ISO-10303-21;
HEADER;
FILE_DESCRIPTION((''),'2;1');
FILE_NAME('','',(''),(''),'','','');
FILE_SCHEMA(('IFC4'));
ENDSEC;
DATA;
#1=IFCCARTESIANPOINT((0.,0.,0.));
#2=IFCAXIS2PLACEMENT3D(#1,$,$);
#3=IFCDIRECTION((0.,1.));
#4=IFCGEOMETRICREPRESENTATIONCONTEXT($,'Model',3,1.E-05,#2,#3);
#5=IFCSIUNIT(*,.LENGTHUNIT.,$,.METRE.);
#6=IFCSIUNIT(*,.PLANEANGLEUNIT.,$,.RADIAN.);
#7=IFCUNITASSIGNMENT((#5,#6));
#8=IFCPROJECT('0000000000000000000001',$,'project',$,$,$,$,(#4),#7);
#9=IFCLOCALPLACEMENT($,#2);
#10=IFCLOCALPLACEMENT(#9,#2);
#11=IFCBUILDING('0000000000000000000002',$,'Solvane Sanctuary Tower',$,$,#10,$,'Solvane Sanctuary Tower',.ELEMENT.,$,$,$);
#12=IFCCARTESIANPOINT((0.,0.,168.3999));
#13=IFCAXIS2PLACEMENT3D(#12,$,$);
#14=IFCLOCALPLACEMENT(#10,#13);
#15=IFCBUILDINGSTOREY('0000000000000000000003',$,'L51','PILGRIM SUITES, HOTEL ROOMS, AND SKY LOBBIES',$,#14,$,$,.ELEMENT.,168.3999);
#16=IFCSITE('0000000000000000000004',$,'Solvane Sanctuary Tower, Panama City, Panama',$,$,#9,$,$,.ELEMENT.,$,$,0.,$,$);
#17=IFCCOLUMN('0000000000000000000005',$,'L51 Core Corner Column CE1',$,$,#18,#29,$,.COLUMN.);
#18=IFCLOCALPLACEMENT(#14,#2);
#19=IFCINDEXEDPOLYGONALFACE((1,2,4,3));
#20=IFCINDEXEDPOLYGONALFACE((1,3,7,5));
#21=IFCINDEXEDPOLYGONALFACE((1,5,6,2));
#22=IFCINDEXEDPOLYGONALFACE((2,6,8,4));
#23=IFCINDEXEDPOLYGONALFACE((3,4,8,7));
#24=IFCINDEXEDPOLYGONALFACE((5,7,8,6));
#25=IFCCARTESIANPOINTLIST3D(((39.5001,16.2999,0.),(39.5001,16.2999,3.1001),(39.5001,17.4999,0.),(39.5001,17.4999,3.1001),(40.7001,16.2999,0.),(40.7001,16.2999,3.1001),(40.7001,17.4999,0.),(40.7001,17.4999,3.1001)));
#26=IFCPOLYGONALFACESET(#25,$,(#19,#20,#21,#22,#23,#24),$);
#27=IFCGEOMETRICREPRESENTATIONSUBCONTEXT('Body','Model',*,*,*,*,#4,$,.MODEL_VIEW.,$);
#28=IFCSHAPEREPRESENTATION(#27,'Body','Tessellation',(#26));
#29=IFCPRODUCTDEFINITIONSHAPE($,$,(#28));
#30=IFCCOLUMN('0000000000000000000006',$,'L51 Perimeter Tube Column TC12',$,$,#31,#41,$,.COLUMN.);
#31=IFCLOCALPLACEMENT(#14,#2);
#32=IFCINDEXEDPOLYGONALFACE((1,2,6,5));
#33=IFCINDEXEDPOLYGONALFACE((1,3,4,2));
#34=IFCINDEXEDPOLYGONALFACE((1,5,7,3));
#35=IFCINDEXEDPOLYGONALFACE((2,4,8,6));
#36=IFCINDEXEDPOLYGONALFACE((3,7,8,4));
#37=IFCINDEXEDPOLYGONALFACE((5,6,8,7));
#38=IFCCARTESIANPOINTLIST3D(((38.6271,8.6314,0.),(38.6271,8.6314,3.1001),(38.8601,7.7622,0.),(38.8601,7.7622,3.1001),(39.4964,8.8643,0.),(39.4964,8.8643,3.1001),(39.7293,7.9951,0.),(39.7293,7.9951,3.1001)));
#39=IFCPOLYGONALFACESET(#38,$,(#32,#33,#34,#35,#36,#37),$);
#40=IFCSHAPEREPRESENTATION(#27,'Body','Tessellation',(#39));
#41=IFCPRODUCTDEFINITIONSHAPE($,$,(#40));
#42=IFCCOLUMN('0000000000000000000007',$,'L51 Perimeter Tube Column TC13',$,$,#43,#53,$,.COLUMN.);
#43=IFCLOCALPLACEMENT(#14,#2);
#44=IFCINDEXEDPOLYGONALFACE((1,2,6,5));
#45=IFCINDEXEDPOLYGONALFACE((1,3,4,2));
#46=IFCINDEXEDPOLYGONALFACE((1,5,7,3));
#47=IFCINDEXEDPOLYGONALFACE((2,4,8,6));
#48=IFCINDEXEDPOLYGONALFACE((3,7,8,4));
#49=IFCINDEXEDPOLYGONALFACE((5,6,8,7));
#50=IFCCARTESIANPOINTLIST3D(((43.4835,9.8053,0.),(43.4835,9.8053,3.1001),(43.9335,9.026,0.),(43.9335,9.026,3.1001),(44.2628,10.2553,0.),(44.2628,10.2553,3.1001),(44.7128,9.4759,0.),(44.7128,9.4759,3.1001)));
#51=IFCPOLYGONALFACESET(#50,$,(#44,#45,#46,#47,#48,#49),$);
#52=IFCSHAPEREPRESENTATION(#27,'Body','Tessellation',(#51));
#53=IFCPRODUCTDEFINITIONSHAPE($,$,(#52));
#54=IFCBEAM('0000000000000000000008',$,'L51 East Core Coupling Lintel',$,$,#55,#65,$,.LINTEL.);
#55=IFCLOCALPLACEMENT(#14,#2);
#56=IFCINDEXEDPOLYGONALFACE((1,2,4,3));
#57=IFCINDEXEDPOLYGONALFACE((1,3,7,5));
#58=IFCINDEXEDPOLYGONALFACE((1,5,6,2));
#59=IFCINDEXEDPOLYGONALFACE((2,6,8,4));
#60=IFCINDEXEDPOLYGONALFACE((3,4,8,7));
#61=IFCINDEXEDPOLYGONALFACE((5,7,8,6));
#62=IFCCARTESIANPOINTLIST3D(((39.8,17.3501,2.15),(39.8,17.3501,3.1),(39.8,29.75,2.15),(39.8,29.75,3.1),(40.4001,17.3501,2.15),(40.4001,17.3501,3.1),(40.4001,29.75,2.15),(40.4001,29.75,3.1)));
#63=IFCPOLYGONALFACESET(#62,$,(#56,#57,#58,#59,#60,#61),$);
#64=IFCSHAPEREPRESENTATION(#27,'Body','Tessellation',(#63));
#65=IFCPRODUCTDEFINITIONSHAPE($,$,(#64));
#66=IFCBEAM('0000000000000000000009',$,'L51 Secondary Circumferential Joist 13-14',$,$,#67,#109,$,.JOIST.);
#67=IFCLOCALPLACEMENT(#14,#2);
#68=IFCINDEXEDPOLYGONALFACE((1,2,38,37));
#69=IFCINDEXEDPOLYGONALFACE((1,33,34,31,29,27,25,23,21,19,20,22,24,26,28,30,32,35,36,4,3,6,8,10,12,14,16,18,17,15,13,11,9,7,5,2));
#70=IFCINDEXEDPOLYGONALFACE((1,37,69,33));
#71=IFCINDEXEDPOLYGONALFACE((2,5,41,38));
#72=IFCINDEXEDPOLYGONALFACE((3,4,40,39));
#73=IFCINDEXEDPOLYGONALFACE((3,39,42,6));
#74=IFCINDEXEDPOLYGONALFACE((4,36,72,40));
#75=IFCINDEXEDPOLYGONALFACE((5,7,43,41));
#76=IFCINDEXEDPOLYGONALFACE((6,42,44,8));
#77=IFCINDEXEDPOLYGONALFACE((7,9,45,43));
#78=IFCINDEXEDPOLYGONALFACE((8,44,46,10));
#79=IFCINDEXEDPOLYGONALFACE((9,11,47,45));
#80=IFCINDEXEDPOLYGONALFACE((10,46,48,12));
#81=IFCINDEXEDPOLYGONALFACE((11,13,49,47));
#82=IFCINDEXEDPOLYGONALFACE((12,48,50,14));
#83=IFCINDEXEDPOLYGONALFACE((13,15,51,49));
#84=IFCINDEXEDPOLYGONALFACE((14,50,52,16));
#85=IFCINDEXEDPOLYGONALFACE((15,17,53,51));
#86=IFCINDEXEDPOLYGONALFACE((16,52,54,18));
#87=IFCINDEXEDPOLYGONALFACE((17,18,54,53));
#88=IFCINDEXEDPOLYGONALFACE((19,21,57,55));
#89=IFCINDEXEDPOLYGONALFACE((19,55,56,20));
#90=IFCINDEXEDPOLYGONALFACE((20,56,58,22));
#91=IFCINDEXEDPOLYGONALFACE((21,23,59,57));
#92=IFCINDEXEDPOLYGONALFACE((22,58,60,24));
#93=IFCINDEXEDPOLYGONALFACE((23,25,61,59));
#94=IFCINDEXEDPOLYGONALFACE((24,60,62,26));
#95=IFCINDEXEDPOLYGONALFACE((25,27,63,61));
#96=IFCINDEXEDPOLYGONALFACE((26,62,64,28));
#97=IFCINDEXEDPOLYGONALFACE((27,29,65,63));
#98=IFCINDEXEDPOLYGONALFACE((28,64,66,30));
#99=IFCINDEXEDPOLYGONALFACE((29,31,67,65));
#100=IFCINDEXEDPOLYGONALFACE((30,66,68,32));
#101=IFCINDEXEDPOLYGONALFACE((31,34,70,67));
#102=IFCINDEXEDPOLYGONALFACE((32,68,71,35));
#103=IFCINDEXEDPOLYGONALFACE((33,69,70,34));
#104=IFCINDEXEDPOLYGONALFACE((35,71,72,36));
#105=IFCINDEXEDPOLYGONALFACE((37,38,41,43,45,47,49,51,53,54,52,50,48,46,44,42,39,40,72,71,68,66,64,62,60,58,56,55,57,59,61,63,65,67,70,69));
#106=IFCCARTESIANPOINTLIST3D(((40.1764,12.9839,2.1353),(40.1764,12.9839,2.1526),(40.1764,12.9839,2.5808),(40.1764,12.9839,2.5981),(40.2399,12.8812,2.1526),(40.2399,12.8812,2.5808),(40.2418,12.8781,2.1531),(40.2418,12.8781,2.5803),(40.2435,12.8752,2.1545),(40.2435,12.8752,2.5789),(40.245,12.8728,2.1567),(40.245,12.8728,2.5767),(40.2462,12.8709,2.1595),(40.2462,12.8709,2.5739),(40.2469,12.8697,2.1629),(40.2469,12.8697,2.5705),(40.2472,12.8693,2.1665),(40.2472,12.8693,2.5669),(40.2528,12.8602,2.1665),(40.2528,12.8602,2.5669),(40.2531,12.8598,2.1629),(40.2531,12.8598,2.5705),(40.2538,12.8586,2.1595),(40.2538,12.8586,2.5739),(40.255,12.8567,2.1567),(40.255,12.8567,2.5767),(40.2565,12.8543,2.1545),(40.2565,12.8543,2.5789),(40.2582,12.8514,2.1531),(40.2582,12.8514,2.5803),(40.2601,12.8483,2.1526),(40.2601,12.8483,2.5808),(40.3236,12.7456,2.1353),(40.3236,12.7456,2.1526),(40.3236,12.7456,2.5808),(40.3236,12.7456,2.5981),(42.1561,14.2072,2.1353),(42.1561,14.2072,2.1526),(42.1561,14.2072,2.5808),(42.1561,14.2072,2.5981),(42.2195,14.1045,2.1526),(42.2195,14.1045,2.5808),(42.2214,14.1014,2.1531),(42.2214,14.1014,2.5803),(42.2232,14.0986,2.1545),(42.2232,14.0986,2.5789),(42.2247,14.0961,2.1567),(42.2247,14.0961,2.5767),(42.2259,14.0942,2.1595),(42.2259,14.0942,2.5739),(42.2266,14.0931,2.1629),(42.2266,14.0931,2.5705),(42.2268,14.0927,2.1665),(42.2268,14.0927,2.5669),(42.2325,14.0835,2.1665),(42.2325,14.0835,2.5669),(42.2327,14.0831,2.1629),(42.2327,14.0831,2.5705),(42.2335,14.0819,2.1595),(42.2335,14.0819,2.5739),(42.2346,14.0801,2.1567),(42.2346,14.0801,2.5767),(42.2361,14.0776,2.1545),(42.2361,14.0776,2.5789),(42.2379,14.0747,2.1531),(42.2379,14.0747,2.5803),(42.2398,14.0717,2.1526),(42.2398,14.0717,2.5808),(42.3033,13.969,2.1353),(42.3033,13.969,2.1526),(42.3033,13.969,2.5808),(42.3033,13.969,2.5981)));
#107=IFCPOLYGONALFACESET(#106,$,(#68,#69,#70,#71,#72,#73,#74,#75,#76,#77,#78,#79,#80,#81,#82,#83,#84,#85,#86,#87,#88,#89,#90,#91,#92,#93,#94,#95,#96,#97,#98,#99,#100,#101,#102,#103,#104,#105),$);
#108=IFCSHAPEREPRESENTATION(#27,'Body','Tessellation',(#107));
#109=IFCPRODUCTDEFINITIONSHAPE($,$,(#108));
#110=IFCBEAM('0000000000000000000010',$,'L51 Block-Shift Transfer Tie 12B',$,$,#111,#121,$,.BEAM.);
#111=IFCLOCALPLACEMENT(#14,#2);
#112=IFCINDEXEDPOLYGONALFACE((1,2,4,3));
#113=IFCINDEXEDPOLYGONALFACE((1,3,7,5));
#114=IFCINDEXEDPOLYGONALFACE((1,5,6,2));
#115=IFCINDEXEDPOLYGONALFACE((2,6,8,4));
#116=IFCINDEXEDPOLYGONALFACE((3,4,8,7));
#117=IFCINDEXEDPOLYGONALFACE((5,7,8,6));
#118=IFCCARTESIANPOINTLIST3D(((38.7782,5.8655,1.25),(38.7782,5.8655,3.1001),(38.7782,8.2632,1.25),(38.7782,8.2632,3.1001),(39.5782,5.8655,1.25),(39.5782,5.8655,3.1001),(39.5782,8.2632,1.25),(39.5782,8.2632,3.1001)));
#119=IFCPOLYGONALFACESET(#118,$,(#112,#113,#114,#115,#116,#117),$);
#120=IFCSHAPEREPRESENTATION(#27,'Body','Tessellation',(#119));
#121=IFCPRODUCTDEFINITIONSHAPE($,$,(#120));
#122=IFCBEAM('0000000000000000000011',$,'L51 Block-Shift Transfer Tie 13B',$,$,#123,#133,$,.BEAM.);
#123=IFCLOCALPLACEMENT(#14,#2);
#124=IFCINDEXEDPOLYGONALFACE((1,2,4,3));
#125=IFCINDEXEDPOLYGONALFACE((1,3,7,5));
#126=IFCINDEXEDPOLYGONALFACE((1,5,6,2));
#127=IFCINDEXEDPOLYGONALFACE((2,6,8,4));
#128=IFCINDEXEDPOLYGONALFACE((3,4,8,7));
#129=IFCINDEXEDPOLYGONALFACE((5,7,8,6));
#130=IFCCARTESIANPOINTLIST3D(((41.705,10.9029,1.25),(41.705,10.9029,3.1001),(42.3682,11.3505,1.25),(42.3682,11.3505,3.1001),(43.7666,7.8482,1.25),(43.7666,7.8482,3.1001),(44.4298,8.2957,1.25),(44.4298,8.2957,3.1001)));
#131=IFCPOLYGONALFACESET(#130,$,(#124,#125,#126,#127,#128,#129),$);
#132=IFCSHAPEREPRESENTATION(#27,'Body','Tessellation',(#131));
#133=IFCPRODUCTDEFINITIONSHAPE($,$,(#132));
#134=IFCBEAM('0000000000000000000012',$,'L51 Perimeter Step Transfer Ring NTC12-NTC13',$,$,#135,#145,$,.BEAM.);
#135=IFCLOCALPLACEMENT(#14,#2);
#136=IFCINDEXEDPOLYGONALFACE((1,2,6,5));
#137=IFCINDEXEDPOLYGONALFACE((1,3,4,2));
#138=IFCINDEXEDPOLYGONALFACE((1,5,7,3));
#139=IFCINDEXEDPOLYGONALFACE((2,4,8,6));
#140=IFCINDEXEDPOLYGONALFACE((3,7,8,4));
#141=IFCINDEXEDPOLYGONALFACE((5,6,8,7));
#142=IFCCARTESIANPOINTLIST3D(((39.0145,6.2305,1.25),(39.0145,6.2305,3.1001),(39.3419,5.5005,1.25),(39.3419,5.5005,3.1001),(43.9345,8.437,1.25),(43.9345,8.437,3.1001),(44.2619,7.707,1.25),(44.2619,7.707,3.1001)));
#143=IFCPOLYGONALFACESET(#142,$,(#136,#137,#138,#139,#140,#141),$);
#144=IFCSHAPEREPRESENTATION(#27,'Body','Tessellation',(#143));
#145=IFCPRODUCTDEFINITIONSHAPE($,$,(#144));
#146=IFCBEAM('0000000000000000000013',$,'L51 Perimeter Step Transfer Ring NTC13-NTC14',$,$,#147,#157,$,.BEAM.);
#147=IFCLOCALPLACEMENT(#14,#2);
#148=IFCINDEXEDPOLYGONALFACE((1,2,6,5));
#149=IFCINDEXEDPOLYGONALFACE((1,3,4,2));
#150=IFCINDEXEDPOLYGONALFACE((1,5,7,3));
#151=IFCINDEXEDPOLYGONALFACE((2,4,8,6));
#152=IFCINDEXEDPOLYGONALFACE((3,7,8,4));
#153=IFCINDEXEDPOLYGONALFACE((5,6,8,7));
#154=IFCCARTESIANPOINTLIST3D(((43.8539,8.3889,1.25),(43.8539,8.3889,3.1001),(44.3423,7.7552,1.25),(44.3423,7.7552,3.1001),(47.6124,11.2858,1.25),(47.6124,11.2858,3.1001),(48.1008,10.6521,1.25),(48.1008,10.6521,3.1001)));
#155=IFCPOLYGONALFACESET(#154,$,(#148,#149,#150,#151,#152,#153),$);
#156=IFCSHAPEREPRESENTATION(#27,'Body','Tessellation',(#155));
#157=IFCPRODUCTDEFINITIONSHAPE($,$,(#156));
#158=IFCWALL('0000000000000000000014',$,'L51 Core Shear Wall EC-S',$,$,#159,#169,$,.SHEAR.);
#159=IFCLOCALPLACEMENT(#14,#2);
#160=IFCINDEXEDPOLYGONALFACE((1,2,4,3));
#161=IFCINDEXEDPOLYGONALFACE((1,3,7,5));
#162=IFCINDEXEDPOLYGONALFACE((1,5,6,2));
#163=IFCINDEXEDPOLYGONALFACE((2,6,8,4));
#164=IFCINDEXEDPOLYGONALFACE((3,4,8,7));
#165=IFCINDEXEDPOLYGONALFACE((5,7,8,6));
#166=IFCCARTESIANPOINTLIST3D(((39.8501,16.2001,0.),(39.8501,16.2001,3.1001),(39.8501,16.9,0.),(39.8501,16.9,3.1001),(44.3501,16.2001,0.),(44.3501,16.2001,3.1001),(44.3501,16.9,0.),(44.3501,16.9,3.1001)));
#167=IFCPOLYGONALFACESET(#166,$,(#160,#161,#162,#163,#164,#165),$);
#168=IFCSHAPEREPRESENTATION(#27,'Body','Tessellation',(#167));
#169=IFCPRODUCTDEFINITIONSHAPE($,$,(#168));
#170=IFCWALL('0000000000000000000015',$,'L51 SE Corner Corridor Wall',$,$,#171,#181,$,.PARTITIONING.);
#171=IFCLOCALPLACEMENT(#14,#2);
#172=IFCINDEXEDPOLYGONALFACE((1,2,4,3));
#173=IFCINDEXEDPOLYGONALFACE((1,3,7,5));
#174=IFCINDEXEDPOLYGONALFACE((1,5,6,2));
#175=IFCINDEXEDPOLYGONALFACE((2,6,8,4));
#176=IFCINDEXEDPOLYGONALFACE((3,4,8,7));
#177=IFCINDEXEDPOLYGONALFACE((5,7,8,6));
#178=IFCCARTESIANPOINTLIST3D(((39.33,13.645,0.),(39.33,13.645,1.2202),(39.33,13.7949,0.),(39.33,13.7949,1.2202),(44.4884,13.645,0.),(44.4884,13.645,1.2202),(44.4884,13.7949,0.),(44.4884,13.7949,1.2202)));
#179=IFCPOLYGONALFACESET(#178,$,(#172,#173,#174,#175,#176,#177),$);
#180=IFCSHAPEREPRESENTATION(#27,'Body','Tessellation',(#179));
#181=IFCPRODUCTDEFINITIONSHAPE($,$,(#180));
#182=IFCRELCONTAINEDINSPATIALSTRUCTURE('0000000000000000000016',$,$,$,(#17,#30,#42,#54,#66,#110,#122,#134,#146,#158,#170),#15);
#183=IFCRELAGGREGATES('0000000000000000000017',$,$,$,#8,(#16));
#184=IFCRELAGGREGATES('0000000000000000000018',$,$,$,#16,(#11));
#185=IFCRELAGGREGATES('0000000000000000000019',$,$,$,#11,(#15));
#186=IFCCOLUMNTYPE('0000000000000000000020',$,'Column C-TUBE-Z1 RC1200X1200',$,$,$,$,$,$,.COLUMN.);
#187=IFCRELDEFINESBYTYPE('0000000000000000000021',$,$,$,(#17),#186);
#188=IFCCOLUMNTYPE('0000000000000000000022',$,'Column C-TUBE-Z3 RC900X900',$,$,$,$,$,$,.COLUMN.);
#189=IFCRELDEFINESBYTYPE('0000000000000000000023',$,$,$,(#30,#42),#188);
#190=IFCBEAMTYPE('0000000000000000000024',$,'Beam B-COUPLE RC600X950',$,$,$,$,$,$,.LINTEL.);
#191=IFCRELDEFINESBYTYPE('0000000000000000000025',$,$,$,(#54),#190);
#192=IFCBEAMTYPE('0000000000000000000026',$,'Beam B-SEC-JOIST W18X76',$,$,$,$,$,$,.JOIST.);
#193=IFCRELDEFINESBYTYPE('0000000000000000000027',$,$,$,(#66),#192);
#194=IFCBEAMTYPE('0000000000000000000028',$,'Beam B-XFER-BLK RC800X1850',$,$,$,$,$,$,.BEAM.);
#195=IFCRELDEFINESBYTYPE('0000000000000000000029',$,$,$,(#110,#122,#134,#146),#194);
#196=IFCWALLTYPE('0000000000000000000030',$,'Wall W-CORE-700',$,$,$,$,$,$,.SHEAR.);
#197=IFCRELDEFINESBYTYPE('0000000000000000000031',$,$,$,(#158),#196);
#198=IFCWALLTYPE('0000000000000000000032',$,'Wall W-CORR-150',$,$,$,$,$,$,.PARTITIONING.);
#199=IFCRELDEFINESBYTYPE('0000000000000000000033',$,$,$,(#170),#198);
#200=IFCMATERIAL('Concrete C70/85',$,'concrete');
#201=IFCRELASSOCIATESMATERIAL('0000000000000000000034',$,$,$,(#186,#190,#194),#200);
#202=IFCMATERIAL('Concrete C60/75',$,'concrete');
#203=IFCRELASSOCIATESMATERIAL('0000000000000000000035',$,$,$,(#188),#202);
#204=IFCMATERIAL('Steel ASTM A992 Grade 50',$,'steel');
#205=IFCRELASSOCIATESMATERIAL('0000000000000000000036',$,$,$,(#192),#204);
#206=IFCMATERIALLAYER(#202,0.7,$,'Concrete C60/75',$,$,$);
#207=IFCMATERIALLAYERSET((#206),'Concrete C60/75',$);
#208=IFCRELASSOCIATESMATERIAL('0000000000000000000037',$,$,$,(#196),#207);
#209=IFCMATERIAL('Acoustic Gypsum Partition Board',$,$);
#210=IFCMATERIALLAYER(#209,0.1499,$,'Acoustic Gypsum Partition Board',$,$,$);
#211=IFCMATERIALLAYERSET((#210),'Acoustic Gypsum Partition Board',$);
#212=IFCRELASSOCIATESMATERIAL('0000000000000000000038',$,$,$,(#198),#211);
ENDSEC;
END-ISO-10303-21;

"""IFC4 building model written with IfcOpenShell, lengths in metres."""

from ifc_helpers import new_model, si_unit, direction, frame, frame_2d, origin, origin_2d, place, context, subcontext, project, spatial, rectangle, i_section, extrude, material, layer, layer_set, material_profile, profile_set, type_object, element, save


model = new_model("IFC4")

# Units and contexts
model_context = context("Model", 3, precision=1e-05, world=origin(), true_north=direction((0.0, 1.0)))
body_context = subcontext(model_context, "Body", "Model", "MODEL_VIEW")
ifc_project = project(units=[si_unit("LENGTHUNIT", "METRE"), si_unit("PLANEANGLEUNIT", "RADIAN")], contexts=[model_context])

# Site, building, storey
site_placement = place(None, origin())
site = spatial("IfcSite", under=ifc_project, at=site_placement, Name="Solvane Sanctuary Tower, Panama City, Panama", CompositionType="ELEMENT", RefElevation=0.0)
building_placement = place(site_placement, origin())
building = spatial("IfcBuilding", under=site, at=building_placement, Name="Solvane Sanctuary Tower", LongName="Solvane Sanctuary Tower", CompositionType="ELEMENT")
storey_placement = place(building_placement, frame((0.0, 0.0, 168.3999)))
storey = spatial("IfcBuildingStorey", under=building, at=storey_placement, Name="L51", Description="PILGRIM SUITES, HOTEL ROOMS, AND SKY LOBBIES", CompositionType="ELEMENT", Elevation=168.3999)

# Columns
ifc_material_1 = material(Name="Concrete C70/85", Category="concrete")
ifc_material_profile_1 = material_profile(ifc_material_1, rectangle(XDim=1.2, YDim=1.2, at=origin_2d()), Name="RC1200X1200")
ifc_profile_set_1 = profile_set([ifc_material_profile_1], Name="Concrete C70/85")
column_type_1 = type_object("IfcColumnType", Name="Column C-TUBE-Z1 RC1200X1200", PredefinedType="COLUMN", material=ifc_profile_set_1)
column_placement = place(storey_placement, frame((40.1001, 16.8999, 0.0), z_axis=(0.0, 0.0, 1.0), x_axis=(1.0, 0.0, 0.0)))
element("IfcColumn", 1, at=column_placement, inside=storey, type_object=column_type_1, Name="L51 Core Corner Column CE1", PredefinedType="COLUMN", context=body_context, shape_type="SweptSolid", body=[
    extrude(rectangle(XDim=1.2, YDim=1.2, at=origin_2d()), origin(), (0.0, 0.0, 1.0), 3.1001),
])
ifc_material_2 = material(Name="Concrete C60/75", Category="concrete")
ifc_material_profile_2 = material_profile(ifc_material_2, rectangle(XDim=0.8999, YDim=0.8999, at=origin_2d()), Name="RC900X900")
ifc_profile_set_2 = profile_set([ifc_material_profile_2], Name="Concrete C60/75")
column_type_2 = type_object("IfcColumnType", Name="Column C-TUBE-Z3 RC900X900", PredefinedType="COLUMN", material=ifc_profile_set_2)
for number, where, z_axis, x_axis, name in (
    (2, (39.1782, 8.3132, 0.0), (0.0, 0.0, 1.0), (0.258819, -0.965926, 0.0), "L51 Perimeter Tube Column TC12"),
    (3, (44.0981, 9.6406, 0.0), (0.0, 0.0, 1.0), (0.5, -0.866025, 0.0), "L51 Perimeter Tube Column TC13"),
):
    element("IfcColumn", number, at=place(storey_placement, frame(where, z_axis=z_axis, x_axis=x_axis)), inside=storey, type_object=column_type_2, Name=name, PredefinedType="COLUMN", context=body_context, shape_type="SweptSolid", body=[
        extrude(rectangle(XDim=0.8999, YDim=0.8999, at=origin_2d()), origin(), (0.0, 0.0, 1.0), 3.1001),
    ])

# Beams
ifc_material_profile_3 = material_profile(ifc_material_1, rectangle(XDim=0.6001, YDim=0.95, at=origin_2d()), Name="RC600X950")
ifc_profile_set_3 = profile_set([ifc_material_profile_3], Name="Concrete C70/85")
beam_type_1 = type_object("IfcBeamType", Name="Beam B-COUPLE RC600X950", PredefinedType="LINTEL", material=ifc_profile_set_3)
beam_1_placement = place(storey_placement, frame((40.1001, 17.3501, 2.625), z_axis=(0.0, 1.0, 0.0), x_axis=(-1.0, 0.0, 0.0)))
element("IfcBeam", 4, at=beam_1_placement, inside=storey, type_object=beam_type_1, Name="L51 East Core Coupling Lintel", PredefinedType="LINTEL", context=body_context, shape_type="SweptSolid", body=[
    extrude(rectangle(XDim=0.6001, YDim=0.95, at=origin_2d()), origin(), (0.0, 0.0, 1.0), 12.3999),
])
ifc_material_3 = material(Name="Steel ASTM A992 Grade 50", Category="steel")
ifc_material_profile_4 = material_profile(ifc_material_3, i_section(OverallWidth=0.28, OverallDepth=0.4629, WebThickness=0.0107, FlangeThickness=0.0173, FilletRadius=0.0139, at=origin_2d()), Name="W18X76")
ifc_profile_set_4 = profile_set([ifc_material_profile_4], Name="Steel ASTM A992 Grade 50")
beam_type_2 = type_object("IfcBeamType", Name="Beam B-SEC-JOIST W18X76", PredefinedType="JOIST", material=ifc_profile_set_4)
beam_2_placement = place(storey_placement, frame((40.25, 12.8647, 2.3667), z_axis=(0.850681, 0.525683, 0.0), x_axis=(-0.525683, 0.850681, 0.0)))
element("IfcBeam", 5, at=beam_2_placement, inside=storey, type_object=beam_type_2, Name="L51 Secondary Circumferential Joist 13-14", PredefinedType="JOIST", context=body_context, shape_type="SweptSolid", body=[
    extrude(i_section(OverallWidth=0.28, OverallDepth=0.4629, WebThickness=0.0107, FlangeThickness=0.0173, FilletRadius=0.0139, at=origin_2d()), origin(), (0.0, 0.0, 1.0), 2.3271),
])
ifc_material_profile_5 = material_profile(ifc_material_1, rectangle(XDim=0.8, YDim=1.8501, at=origin_2d()), Name="RC800X1850")
ifc_profile_set_5 = profile_set([ifc_material_profile_5], Name="Concrete C70/85")
beam_type_3 = type_object("IfcBeamType", Name="Beam B-XFER-BLK RC800X1850", PredefinedType="BEAM", material=ifc_profile_set_5)
beam_3_placement = place(storey_placement, frame((39.1782, 8.2632, 2.175), z_axis=(0.0, -1.0, 0.0), x_axis=(1.0, 0.0, 0.0)))
element("IfcBeam", 6, at=beam_3_placement, inside=storey, type_object=beam_type_3, Name="L51 Block-Shift Transfer Tie 12B", PredefinedType="BEAM", context=body_context, shape_type="SweptSolid", body=[
    extrude(rectangle(XDim=0.8, YDim=1.8501, at=origin_2d()), origin(), (0.0, 0.0, 1.0), 2.3977),
])
beam_4_placement = place(storey_placement, frame((42.0366, 11.1267, 2.175), z_axis=(0.5594, -0.828898, 0.0), x_axis=(0.828898, 0.5594, 0.0)))
element("IfcBeam", 7, at=beam_4_placement, inside=storey, type_object=beam_type_3, Name="L51 Block-Shift Transfer Tie 13B", PredefinedType="BEAM", context=body_context, shape_type="SweptSolid", body=[
    extrude(rectangle(XDim=0.8, YDim=1.8501, at=origin_2d()), origin(), (0.0, 0.0, 1.0), 3.6853),
])
beam_5_placement = place(storey_placement, frame((39.1782, 5.8655, 2.175), z_axis=(0.912436, 0.40922, 0.0), x_axis=(-0.40922, 0.912436, 0.0)))
element("IfcBeam", 8, at=beam_5_placement, inside=storey, type_object=beam_type_3, Name="L51 Perimeter Step Transfer Ring NTC12-NTC13", PredefinedType="BEAM", context=body_context, shape_type="SweptSolid", body=[
    extrude(rectangle(XDim=0.8, YDim=1.8501, at=origin_2d()), origin(), (0.0, 0.0, 1.0), 5.3921),
])
beam_6_placement = place(storey_placement, frame((44.0981, 8.072, 2.175), z_axis=(0.792035, 0.610476, 0.0), x_axis=(-0.610476, 0.792035, 0.0)))
element("IfcBeam", 9, at=beam_6_placement, inside=storey, type_object=beam_type_3, Name="L51 Perimeter Step Transfer Ring NTC13-NTC14", PredefinedType="BEAM", context=body_context, shape_type="SweptSolid", body=[
    extrude(rectangle(XDim=0.8, YDim=1.8501, at=origin_2d()), origin(), (0.0, 0.0, 1.0), 4.7454),
])

# Walls
ifc_layer_1 = layer(ifc_material_2, 0.7, Name="Concrete C60/75")
ifc_layer_set_1 = layer_set([ifc_layer_1], Name="Concrete C60/75")
wall_type_1 = type_object("IfcWallType", Name="Wall W-CORE-700", PredefinedType="SHEAR", material=ifc_layer_set_1)
wall_1_placement = place(storey_placement, frame((39.8501, 16.55, 0.0), z_axis=(0.0, 0.0, 1.0), x_axis=(1.0, 0.0, 0.0)))
element("IfcWall", 10, at=wall_1_placement, inside=storey, type_object=wall_type_1, Name="L51 Core Shear Wall EC-S", PredefinedType="SHEAR", context=body_context, shape_type="SweptSolid", body=[
    extrude(rectangle(XDim=4.5, YDim=0.7, at=frame_2d((2.25, 0.0))), origin(), (0.0, 0.0, 1.0), 3.1001),
])
ifc_material_4 = material(Name="Acoustic Gypsum Partition Board")
ifc_layer_2 = layer(ifc_material_4, 0.1499, Name="Acoustic Gypsum Partition Board")
ifc_layer_set_2 = layer_set([ifc_layer_2], Name="Acoustic Gypsum Partition Board")
wall_type_2 = type_object("IfcWallType", Name="Wall W-CORR-150", PredefinedType="PARTITIONING", material=ifc_layer_set_2)
wall_2_placement = place(storey_placement, frame((39.3301, 13.72, 0.0), z_axis=(0.0, 0.0, 1.0), x_axis=(1.0, 0.0, 0.0)))
element("IfcWall", 11, at=wall_2_placement, inside=storey, type_object=wall_type_2, Name="L51 SE Corner Corridor Wall", PredefinedType="PARTITIONING", context=body_context, shape_type="SweptSolid", body=[
    extrude(rectangle(XDim=5.1584, YDim=0.1499, at=frame_2d((2.5791, 0.0))), origin(), (0.0, 0.0, 1.0), 1.2202),
])

save(model, "model.ifc")
